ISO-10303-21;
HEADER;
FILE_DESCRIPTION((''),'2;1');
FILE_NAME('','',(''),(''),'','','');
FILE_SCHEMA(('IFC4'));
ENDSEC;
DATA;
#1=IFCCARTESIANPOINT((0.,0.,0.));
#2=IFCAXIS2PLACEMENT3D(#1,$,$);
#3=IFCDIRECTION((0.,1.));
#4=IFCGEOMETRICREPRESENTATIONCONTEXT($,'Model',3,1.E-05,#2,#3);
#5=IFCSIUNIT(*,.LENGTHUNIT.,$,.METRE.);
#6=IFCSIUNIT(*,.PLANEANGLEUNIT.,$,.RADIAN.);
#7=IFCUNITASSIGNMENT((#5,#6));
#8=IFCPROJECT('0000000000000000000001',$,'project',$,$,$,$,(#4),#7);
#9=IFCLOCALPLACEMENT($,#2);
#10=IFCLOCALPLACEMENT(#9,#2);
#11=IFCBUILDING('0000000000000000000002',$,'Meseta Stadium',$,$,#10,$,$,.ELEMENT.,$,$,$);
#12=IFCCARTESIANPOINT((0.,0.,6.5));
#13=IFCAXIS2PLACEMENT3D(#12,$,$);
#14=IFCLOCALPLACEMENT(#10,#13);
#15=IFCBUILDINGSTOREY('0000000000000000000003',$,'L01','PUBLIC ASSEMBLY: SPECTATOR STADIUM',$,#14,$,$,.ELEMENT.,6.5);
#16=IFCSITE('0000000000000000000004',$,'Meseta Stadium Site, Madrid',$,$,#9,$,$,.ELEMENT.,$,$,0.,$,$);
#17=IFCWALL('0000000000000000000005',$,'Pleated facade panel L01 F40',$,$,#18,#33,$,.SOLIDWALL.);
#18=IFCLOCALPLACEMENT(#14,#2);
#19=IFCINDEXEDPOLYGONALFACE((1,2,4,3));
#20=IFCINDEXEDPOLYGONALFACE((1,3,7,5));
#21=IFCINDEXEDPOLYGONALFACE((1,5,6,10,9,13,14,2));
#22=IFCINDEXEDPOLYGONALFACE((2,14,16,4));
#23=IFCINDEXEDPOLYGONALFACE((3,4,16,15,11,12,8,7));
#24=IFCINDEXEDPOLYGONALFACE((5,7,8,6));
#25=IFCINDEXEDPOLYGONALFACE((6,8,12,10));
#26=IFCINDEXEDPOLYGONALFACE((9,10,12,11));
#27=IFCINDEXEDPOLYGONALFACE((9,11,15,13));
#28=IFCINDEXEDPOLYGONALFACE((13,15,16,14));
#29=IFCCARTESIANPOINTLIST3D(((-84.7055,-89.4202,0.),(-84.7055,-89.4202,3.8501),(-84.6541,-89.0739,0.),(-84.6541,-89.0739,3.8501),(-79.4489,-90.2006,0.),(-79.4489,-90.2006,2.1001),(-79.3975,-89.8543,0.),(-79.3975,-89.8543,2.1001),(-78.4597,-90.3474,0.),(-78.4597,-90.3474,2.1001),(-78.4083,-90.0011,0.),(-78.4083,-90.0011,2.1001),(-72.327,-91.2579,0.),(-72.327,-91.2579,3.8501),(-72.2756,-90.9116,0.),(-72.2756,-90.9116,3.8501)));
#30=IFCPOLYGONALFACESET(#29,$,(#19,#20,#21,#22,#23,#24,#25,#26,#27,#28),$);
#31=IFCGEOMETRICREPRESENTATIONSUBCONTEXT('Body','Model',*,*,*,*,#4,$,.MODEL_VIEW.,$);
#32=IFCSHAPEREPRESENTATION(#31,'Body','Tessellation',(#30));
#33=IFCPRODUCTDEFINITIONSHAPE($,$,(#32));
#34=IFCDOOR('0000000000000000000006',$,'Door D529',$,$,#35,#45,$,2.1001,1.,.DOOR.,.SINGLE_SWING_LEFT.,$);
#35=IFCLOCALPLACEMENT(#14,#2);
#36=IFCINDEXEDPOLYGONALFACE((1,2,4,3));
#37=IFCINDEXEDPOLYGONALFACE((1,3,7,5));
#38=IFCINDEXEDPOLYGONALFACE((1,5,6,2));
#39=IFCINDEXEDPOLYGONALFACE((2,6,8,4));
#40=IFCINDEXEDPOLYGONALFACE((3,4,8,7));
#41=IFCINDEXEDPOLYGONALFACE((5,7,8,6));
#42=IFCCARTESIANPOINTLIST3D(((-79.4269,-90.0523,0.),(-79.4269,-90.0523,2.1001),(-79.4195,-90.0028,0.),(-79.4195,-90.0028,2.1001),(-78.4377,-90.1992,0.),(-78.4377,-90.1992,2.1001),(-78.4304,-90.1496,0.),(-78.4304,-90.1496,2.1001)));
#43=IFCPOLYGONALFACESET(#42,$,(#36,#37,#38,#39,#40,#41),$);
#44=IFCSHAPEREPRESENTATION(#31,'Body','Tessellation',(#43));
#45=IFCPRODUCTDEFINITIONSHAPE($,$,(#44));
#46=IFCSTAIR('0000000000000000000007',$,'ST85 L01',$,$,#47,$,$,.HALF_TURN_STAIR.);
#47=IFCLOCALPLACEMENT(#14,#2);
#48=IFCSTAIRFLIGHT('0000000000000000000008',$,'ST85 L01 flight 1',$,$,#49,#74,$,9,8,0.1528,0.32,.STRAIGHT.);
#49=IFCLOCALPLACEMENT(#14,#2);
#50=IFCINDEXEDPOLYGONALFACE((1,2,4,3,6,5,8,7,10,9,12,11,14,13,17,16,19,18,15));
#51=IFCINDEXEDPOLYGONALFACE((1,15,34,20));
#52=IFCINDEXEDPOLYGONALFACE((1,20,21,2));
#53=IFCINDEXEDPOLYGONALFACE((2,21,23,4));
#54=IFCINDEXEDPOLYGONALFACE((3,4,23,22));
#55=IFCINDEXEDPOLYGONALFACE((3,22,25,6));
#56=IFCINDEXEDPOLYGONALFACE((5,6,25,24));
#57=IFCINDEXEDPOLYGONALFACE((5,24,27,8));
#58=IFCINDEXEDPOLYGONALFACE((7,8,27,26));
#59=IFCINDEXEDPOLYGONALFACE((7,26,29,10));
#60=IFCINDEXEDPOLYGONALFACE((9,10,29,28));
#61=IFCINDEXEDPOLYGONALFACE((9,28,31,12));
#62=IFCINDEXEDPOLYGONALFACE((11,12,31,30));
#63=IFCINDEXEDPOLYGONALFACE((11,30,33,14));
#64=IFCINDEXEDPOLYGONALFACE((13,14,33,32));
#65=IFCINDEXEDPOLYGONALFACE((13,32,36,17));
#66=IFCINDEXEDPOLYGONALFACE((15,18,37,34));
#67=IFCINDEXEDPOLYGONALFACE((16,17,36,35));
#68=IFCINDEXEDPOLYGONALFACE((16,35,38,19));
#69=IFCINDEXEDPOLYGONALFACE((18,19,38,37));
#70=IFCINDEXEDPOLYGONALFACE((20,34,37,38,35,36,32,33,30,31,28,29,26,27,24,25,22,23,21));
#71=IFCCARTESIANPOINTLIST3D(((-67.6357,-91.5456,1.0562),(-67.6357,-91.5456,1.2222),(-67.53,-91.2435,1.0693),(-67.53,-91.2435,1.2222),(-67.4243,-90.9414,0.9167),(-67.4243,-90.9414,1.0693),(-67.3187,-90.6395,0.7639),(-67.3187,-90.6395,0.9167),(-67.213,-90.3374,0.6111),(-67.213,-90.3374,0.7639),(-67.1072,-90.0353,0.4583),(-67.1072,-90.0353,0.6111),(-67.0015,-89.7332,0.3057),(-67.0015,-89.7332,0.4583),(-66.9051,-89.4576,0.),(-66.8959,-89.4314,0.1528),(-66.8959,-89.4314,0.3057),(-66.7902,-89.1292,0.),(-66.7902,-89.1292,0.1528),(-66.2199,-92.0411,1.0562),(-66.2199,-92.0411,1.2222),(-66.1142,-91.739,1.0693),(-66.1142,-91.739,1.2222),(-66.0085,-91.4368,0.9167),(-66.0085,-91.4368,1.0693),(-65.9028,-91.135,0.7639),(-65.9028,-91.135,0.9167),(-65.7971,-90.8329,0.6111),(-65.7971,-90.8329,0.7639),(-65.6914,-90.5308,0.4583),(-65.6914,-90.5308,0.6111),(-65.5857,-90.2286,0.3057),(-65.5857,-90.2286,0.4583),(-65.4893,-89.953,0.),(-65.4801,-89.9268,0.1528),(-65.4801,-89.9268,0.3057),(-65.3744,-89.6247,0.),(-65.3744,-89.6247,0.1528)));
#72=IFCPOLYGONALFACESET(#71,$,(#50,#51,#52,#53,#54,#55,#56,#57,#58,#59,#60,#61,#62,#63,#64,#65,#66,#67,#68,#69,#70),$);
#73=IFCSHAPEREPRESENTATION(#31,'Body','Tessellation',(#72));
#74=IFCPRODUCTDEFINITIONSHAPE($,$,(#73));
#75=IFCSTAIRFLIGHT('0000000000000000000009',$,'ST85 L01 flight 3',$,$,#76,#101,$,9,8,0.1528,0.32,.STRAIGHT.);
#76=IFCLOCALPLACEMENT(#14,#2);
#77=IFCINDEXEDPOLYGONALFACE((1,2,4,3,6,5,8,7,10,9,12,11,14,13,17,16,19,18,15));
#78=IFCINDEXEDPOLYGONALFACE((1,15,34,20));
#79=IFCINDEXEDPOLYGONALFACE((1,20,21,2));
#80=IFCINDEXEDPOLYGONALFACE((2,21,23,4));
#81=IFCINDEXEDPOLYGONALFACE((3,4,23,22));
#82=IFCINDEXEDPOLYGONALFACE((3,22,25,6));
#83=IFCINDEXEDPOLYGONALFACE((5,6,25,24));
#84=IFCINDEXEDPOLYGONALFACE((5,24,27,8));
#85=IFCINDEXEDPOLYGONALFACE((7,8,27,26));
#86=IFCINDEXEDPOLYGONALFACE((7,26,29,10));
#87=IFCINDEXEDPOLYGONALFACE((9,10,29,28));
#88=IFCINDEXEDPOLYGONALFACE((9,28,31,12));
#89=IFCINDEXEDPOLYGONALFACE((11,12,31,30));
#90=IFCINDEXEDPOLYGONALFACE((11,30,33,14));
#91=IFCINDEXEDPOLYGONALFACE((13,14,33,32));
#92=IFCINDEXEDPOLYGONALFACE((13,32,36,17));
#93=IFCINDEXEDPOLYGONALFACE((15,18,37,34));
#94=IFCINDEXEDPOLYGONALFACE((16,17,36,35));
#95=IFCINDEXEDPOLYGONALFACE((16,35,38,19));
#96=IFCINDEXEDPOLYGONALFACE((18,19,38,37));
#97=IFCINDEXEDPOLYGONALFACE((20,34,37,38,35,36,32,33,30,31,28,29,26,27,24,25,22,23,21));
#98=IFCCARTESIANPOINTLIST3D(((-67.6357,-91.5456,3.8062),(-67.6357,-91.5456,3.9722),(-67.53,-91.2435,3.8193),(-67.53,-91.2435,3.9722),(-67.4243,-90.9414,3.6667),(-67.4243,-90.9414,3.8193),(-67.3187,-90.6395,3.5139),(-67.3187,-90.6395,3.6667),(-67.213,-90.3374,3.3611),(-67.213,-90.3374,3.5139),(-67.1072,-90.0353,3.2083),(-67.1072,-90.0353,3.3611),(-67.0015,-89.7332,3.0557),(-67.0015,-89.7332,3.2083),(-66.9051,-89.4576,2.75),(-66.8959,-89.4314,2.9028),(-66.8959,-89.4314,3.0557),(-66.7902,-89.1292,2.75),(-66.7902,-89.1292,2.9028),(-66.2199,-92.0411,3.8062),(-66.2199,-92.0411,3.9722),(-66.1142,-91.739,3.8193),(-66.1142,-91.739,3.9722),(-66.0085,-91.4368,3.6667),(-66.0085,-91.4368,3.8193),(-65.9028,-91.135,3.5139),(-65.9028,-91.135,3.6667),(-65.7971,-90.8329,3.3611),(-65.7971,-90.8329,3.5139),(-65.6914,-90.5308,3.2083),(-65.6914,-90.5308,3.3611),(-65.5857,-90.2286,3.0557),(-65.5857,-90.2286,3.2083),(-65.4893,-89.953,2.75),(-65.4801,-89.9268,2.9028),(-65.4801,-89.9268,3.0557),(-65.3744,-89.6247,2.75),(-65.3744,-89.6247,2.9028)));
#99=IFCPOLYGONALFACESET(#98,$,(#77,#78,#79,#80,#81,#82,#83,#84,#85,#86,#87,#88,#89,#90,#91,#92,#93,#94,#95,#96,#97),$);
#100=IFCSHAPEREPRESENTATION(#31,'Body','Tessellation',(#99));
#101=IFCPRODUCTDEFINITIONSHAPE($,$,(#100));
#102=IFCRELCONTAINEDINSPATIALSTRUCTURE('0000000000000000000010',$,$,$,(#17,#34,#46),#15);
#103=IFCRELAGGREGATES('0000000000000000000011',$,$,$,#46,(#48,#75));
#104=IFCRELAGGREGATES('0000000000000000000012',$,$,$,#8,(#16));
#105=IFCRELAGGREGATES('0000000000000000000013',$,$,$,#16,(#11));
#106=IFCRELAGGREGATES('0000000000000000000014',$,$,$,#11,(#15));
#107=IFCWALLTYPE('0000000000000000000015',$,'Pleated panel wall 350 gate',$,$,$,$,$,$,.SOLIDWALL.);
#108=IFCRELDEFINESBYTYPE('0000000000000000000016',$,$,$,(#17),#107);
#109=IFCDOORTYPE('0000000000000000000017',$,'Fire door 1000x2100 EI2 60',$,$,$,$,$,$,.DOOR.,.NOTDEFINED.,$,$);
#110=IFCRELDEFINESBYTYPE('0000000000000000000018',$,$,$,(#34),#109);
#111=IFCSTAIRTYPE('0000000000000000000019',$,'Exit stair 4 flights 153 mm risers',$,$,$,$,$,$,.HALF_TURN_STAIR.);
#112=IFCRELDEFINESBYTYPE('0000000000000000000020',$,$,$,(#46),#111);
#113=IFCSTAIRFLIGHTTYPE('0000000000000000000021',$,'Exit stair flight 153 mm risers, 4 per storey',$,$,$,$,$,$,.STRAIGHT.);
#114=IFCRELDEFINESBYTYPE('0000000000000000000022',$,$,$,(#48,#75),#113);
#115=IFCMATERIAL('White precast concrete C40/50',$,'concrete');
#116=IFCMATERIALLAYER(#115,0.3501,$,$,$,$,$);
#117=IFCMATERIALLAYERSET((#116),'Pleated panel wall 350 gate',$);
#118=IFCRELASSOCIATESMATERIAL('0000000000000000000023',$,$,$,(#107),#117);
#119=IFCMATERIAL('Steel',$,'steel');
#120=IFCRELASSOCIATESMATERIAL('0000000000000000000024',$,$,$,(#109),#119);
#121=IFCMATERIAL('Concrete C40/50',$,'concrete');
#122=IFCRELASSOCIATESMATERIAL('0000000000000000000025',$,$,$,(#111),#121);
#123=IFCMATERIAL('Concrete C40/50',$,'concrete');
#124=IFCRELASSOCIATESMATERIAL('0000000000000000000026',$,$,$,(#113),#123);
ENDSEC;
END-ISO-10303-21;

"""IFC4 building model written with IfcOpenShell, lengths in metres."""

from ifc_helpers import new_model, si_unit, direction, frame, frame_2d, origin, place, context, subcontext, project, spatial, polyline, rectangle, outline, extrude, material, layer, layer_set, type_object, element, fill, aggregate, save


model = new_model("IFC4")

# Units and contexts
model_context = context("Model", 3, precision=1e-05, world=origin(), true_north=direction((0.0, 1.0)))
body_context = subcontext(model_context, "Body", "Model", "MODEL_VIEW")
ifc_project = project(units=[si_unit("LENGTHUNIT", "METRE"), si_unit("PLANEANGLEUNIT", "RADIAN")], contexts=[model_context])

# Site, building, storey
site_placement = place(None, origin())
site = spatial("IfcSite", under=ifc_project, at=site_placement, Name="Meseta Stadium Site, Madrid", CompositionType="ELEMENT", RefElevation=0.0)
building_placement = place(site_placement, origin())
building = spatial("IfcBuilding", under=site, at=building_placement, Name="Meseta Stadium", CompositionType="ELEMENT")
storey_placement = place(building_placement, frame((0.0, 0.0, 6.5)))
storey = spatial("IfcBuildingStorey", under=building, at=storey_placement, Name="L01", Description="PUBLIC ASSEMBLY: SPECTATOR STADIUM", CompositionType="ELEMENT", Elevation=6.5)

# Wall, opening, door
ifc_material_1 = material(Name="White precast concrete C40/50", Category="concrete")
ifc_layer_1 = layer(ifc_material_1, 0.3501)
ifc_layer_set_1 = layer_set([ifc_layer_1], Name="Pleated panel wall 350 gate")
wall_type_1 = type_object("IfcWallType", Name="Pleated panel wall 350 gate", PredefinedType="SOLIDWALL", material=ifc_layer_set_1)
wall_1_placement = place(storey_placement, frame((-72.3013, -91.0847, 0.0), z_axis=(0.0, 0.0, 1.0), x_axis=(-0.989159, 0.146846, 0.0)))
wall_1 = element("IfcWall", 1, at=wall_1_placement, inside=storey, type_object=wall_type_1, Name="Pleated facade panel L01 F40", PredefinedType="SOLIDWALL", context=body_context, shape_type="SweptSolid", body=[
    extrude(rectangle(XDim=12.5142, YDim=0.3501, at=frame_2d((6.2571, 0.0))), origin(), (0.0, 0.0, 1.0), 3.8501),
])
opening_1_placement = place(wall_1_placement, frame((6.2, 0.0, 0.0)))
opening_1 = element("IfcOpeningElement", 2, at=opening_1_placement, cuts=wall_1, PredefinedType="OPENING", context=body_context, shape_type="SweptSolid", body=[
    extrude(rectangle(XDim=1.0, YDim=2.1001, at=frame_2d((0.5, 1.05))), frame((0.0, 0.1851, 0.0), z_axis=(0.0, -1.0, 0.0), x_axis=(1.0, 0.0, 0.0)), (0.0, 0.0, 1.0), 0.3701),
])
ifc_material_2 = material(Name="Steel", Category="steel")
door_type_1 = type_object("IfcDoorType", Name="Fire door 1000x2100 EI2 60", OperationType="NOTDEFINED", PredefinedType="DOOR", material=ifc_material_2)
door_1_placement = place(opening_1_placement, frame((1.0, 0.0, 0.0), z_axis=(0.0, 0.0, 1.0), x_axis=(-1.0, 0.0, 0.0)))
door_1 = element("IfcDoor", 3, at=door_1_placement, inside=storey, type_object=door_type_1, Name="Door D529", OperationType="SINGLE_SWING_LEFT", OverallHeight=2.1001, OverallWidth=1.0, PredefinedType="DOOR", context=body_context, shape_type="SweptSolid", body=[
    extrude(rectangle(XDim=1.0, YDim=2.1001, at=frame_2d((0.5, 1.05))), frame((0.0, 0.0249, 0.0), z_axis=(0.0, -1.0, 0.0), x_axis=(1.0, 0.0, 0.0)), (0.0, 0.0, 1.0), 0.05),
])
fill(opening_1, door_1)

# Stair, stair flights
ifc_material_3 = material(Name="Concrete C40/50", Category="concrete")
stair_type = type_object("IfcStairType", Name="Exit stair 4 flights 153 mm risers", PredefinedType="HALF_TURN_STAIR", material=ifc_material_3)
stair_placement = place(storey_placement, origin())
stair = element("IfcStair", 4, at=stair_placement, inside=storey, type_object=stair_type, Name="ST85 L01", PredefinedType="HALF_TURN_STAIR")
ifc_material_4 = material(Name="Concrete C40/50", Category="concrete")
stair_flight_type = type_object("IfcStairFlightType", Name="Exit stair flight 153 mm risers, 4 per storey", PredefinedType="STRAIGHT", material=ifc_material_4)
stair_flight_1_placement = place(storey_placement, frame((-66.0823, -89.377, 0.0), z_axis=(0.0, 0.0, 1.0), x_axis=(-0.330279, -0.943883, 0.0)))
stair_flight_1 = element("IfcStairFlight", 5, at=stair_flight_1_placement, type_object=stair_flight_type, Name="ST85 L01 flight 1", NumberOfRisers=9, NumberOfTreads=8, PredefinedType="STRAIGHT", RiserHeight=0.1528, TreadLength=0.32, context=body_context, shape_type="SweptSolid", body=[
    extrude(outline(polyline([(0.0, 0.0), (0.0, 0.1528), (0.3201, 0.1528), (0.3201, 0.3057), (0.6399, 0.3057), (0.6399, 0.4583), (0.96, 0.4583), (0.96, 0.6111), (1.28, 0.6111), (1.28, 0.7639), (1.6001, 0.7639), (1.6001, 0.9167), (1.9199, 0.9167), (1.9199, 1.0693), (2.24, 1.0693), (2.24, 1.2222), (2.5601, 1.2222), (2.5601, 1.0562), (0.3479, 0.0), (0.0, 0.0)])), frame((0.0, 0.75, 0.0), z_axis=(0.0, -1.0, 0.0), x_axis=(1.0, 0.0, 0.0)), (0.0, 0.0, 1.0), 1.5),
])
stair_flight_2_placement = place(storey_placement, frame((-66.0823, -89.377, 2.75), z_axis=(0.0, 0.0, 1.0), x_axis=(-0.330279, -0.943883, 0.0)))
stair_flight_2 = element("IfcStairFlight", 6, at=stair_flight_2_placement, type_object=stair_flight_type, Name="ST85 L01 flight 3", NumberOfRisers=9, NumberOfTreads=8, PredefinedType="STRAIGHT", RiserHeight=0.1528, TreadLength=0.32, context=body_context, shape_type="SweptSolid", body=[
    extrude(outline(polyline([(0.0, 0.0), (0.0, 0.1528), (0.3201, 0.1528), (0.3201, 0.3057), (0.6399, 0.3057), (0.6399, 0.4583), (0.96, 0.4583), (0.96, 0.6111), (1.28, 0.6111), (1.28, 0.7639), (1.6001, 0.7639), (1.6001, 0.9167), (1.9199, 0.9167), (1.9199, 1.0693), (2.24, 1.0693), (2.24, 1.2222), (2.5601, 1.2222), (2.5601, 1.0562), (0.3479, 0.0), (0.0, 0.0)])), frame((0.0, 0.75, 0.0), z_axis=(0.0, -1.0, 0.0), x_axis=(1.0, 0.0, 0.0)), (0.0, 0.0, 1.0), 1.5),
])
aggregate(stair, [stair_flight_1, stair_flight_2])

save(model, "model.ifc")
